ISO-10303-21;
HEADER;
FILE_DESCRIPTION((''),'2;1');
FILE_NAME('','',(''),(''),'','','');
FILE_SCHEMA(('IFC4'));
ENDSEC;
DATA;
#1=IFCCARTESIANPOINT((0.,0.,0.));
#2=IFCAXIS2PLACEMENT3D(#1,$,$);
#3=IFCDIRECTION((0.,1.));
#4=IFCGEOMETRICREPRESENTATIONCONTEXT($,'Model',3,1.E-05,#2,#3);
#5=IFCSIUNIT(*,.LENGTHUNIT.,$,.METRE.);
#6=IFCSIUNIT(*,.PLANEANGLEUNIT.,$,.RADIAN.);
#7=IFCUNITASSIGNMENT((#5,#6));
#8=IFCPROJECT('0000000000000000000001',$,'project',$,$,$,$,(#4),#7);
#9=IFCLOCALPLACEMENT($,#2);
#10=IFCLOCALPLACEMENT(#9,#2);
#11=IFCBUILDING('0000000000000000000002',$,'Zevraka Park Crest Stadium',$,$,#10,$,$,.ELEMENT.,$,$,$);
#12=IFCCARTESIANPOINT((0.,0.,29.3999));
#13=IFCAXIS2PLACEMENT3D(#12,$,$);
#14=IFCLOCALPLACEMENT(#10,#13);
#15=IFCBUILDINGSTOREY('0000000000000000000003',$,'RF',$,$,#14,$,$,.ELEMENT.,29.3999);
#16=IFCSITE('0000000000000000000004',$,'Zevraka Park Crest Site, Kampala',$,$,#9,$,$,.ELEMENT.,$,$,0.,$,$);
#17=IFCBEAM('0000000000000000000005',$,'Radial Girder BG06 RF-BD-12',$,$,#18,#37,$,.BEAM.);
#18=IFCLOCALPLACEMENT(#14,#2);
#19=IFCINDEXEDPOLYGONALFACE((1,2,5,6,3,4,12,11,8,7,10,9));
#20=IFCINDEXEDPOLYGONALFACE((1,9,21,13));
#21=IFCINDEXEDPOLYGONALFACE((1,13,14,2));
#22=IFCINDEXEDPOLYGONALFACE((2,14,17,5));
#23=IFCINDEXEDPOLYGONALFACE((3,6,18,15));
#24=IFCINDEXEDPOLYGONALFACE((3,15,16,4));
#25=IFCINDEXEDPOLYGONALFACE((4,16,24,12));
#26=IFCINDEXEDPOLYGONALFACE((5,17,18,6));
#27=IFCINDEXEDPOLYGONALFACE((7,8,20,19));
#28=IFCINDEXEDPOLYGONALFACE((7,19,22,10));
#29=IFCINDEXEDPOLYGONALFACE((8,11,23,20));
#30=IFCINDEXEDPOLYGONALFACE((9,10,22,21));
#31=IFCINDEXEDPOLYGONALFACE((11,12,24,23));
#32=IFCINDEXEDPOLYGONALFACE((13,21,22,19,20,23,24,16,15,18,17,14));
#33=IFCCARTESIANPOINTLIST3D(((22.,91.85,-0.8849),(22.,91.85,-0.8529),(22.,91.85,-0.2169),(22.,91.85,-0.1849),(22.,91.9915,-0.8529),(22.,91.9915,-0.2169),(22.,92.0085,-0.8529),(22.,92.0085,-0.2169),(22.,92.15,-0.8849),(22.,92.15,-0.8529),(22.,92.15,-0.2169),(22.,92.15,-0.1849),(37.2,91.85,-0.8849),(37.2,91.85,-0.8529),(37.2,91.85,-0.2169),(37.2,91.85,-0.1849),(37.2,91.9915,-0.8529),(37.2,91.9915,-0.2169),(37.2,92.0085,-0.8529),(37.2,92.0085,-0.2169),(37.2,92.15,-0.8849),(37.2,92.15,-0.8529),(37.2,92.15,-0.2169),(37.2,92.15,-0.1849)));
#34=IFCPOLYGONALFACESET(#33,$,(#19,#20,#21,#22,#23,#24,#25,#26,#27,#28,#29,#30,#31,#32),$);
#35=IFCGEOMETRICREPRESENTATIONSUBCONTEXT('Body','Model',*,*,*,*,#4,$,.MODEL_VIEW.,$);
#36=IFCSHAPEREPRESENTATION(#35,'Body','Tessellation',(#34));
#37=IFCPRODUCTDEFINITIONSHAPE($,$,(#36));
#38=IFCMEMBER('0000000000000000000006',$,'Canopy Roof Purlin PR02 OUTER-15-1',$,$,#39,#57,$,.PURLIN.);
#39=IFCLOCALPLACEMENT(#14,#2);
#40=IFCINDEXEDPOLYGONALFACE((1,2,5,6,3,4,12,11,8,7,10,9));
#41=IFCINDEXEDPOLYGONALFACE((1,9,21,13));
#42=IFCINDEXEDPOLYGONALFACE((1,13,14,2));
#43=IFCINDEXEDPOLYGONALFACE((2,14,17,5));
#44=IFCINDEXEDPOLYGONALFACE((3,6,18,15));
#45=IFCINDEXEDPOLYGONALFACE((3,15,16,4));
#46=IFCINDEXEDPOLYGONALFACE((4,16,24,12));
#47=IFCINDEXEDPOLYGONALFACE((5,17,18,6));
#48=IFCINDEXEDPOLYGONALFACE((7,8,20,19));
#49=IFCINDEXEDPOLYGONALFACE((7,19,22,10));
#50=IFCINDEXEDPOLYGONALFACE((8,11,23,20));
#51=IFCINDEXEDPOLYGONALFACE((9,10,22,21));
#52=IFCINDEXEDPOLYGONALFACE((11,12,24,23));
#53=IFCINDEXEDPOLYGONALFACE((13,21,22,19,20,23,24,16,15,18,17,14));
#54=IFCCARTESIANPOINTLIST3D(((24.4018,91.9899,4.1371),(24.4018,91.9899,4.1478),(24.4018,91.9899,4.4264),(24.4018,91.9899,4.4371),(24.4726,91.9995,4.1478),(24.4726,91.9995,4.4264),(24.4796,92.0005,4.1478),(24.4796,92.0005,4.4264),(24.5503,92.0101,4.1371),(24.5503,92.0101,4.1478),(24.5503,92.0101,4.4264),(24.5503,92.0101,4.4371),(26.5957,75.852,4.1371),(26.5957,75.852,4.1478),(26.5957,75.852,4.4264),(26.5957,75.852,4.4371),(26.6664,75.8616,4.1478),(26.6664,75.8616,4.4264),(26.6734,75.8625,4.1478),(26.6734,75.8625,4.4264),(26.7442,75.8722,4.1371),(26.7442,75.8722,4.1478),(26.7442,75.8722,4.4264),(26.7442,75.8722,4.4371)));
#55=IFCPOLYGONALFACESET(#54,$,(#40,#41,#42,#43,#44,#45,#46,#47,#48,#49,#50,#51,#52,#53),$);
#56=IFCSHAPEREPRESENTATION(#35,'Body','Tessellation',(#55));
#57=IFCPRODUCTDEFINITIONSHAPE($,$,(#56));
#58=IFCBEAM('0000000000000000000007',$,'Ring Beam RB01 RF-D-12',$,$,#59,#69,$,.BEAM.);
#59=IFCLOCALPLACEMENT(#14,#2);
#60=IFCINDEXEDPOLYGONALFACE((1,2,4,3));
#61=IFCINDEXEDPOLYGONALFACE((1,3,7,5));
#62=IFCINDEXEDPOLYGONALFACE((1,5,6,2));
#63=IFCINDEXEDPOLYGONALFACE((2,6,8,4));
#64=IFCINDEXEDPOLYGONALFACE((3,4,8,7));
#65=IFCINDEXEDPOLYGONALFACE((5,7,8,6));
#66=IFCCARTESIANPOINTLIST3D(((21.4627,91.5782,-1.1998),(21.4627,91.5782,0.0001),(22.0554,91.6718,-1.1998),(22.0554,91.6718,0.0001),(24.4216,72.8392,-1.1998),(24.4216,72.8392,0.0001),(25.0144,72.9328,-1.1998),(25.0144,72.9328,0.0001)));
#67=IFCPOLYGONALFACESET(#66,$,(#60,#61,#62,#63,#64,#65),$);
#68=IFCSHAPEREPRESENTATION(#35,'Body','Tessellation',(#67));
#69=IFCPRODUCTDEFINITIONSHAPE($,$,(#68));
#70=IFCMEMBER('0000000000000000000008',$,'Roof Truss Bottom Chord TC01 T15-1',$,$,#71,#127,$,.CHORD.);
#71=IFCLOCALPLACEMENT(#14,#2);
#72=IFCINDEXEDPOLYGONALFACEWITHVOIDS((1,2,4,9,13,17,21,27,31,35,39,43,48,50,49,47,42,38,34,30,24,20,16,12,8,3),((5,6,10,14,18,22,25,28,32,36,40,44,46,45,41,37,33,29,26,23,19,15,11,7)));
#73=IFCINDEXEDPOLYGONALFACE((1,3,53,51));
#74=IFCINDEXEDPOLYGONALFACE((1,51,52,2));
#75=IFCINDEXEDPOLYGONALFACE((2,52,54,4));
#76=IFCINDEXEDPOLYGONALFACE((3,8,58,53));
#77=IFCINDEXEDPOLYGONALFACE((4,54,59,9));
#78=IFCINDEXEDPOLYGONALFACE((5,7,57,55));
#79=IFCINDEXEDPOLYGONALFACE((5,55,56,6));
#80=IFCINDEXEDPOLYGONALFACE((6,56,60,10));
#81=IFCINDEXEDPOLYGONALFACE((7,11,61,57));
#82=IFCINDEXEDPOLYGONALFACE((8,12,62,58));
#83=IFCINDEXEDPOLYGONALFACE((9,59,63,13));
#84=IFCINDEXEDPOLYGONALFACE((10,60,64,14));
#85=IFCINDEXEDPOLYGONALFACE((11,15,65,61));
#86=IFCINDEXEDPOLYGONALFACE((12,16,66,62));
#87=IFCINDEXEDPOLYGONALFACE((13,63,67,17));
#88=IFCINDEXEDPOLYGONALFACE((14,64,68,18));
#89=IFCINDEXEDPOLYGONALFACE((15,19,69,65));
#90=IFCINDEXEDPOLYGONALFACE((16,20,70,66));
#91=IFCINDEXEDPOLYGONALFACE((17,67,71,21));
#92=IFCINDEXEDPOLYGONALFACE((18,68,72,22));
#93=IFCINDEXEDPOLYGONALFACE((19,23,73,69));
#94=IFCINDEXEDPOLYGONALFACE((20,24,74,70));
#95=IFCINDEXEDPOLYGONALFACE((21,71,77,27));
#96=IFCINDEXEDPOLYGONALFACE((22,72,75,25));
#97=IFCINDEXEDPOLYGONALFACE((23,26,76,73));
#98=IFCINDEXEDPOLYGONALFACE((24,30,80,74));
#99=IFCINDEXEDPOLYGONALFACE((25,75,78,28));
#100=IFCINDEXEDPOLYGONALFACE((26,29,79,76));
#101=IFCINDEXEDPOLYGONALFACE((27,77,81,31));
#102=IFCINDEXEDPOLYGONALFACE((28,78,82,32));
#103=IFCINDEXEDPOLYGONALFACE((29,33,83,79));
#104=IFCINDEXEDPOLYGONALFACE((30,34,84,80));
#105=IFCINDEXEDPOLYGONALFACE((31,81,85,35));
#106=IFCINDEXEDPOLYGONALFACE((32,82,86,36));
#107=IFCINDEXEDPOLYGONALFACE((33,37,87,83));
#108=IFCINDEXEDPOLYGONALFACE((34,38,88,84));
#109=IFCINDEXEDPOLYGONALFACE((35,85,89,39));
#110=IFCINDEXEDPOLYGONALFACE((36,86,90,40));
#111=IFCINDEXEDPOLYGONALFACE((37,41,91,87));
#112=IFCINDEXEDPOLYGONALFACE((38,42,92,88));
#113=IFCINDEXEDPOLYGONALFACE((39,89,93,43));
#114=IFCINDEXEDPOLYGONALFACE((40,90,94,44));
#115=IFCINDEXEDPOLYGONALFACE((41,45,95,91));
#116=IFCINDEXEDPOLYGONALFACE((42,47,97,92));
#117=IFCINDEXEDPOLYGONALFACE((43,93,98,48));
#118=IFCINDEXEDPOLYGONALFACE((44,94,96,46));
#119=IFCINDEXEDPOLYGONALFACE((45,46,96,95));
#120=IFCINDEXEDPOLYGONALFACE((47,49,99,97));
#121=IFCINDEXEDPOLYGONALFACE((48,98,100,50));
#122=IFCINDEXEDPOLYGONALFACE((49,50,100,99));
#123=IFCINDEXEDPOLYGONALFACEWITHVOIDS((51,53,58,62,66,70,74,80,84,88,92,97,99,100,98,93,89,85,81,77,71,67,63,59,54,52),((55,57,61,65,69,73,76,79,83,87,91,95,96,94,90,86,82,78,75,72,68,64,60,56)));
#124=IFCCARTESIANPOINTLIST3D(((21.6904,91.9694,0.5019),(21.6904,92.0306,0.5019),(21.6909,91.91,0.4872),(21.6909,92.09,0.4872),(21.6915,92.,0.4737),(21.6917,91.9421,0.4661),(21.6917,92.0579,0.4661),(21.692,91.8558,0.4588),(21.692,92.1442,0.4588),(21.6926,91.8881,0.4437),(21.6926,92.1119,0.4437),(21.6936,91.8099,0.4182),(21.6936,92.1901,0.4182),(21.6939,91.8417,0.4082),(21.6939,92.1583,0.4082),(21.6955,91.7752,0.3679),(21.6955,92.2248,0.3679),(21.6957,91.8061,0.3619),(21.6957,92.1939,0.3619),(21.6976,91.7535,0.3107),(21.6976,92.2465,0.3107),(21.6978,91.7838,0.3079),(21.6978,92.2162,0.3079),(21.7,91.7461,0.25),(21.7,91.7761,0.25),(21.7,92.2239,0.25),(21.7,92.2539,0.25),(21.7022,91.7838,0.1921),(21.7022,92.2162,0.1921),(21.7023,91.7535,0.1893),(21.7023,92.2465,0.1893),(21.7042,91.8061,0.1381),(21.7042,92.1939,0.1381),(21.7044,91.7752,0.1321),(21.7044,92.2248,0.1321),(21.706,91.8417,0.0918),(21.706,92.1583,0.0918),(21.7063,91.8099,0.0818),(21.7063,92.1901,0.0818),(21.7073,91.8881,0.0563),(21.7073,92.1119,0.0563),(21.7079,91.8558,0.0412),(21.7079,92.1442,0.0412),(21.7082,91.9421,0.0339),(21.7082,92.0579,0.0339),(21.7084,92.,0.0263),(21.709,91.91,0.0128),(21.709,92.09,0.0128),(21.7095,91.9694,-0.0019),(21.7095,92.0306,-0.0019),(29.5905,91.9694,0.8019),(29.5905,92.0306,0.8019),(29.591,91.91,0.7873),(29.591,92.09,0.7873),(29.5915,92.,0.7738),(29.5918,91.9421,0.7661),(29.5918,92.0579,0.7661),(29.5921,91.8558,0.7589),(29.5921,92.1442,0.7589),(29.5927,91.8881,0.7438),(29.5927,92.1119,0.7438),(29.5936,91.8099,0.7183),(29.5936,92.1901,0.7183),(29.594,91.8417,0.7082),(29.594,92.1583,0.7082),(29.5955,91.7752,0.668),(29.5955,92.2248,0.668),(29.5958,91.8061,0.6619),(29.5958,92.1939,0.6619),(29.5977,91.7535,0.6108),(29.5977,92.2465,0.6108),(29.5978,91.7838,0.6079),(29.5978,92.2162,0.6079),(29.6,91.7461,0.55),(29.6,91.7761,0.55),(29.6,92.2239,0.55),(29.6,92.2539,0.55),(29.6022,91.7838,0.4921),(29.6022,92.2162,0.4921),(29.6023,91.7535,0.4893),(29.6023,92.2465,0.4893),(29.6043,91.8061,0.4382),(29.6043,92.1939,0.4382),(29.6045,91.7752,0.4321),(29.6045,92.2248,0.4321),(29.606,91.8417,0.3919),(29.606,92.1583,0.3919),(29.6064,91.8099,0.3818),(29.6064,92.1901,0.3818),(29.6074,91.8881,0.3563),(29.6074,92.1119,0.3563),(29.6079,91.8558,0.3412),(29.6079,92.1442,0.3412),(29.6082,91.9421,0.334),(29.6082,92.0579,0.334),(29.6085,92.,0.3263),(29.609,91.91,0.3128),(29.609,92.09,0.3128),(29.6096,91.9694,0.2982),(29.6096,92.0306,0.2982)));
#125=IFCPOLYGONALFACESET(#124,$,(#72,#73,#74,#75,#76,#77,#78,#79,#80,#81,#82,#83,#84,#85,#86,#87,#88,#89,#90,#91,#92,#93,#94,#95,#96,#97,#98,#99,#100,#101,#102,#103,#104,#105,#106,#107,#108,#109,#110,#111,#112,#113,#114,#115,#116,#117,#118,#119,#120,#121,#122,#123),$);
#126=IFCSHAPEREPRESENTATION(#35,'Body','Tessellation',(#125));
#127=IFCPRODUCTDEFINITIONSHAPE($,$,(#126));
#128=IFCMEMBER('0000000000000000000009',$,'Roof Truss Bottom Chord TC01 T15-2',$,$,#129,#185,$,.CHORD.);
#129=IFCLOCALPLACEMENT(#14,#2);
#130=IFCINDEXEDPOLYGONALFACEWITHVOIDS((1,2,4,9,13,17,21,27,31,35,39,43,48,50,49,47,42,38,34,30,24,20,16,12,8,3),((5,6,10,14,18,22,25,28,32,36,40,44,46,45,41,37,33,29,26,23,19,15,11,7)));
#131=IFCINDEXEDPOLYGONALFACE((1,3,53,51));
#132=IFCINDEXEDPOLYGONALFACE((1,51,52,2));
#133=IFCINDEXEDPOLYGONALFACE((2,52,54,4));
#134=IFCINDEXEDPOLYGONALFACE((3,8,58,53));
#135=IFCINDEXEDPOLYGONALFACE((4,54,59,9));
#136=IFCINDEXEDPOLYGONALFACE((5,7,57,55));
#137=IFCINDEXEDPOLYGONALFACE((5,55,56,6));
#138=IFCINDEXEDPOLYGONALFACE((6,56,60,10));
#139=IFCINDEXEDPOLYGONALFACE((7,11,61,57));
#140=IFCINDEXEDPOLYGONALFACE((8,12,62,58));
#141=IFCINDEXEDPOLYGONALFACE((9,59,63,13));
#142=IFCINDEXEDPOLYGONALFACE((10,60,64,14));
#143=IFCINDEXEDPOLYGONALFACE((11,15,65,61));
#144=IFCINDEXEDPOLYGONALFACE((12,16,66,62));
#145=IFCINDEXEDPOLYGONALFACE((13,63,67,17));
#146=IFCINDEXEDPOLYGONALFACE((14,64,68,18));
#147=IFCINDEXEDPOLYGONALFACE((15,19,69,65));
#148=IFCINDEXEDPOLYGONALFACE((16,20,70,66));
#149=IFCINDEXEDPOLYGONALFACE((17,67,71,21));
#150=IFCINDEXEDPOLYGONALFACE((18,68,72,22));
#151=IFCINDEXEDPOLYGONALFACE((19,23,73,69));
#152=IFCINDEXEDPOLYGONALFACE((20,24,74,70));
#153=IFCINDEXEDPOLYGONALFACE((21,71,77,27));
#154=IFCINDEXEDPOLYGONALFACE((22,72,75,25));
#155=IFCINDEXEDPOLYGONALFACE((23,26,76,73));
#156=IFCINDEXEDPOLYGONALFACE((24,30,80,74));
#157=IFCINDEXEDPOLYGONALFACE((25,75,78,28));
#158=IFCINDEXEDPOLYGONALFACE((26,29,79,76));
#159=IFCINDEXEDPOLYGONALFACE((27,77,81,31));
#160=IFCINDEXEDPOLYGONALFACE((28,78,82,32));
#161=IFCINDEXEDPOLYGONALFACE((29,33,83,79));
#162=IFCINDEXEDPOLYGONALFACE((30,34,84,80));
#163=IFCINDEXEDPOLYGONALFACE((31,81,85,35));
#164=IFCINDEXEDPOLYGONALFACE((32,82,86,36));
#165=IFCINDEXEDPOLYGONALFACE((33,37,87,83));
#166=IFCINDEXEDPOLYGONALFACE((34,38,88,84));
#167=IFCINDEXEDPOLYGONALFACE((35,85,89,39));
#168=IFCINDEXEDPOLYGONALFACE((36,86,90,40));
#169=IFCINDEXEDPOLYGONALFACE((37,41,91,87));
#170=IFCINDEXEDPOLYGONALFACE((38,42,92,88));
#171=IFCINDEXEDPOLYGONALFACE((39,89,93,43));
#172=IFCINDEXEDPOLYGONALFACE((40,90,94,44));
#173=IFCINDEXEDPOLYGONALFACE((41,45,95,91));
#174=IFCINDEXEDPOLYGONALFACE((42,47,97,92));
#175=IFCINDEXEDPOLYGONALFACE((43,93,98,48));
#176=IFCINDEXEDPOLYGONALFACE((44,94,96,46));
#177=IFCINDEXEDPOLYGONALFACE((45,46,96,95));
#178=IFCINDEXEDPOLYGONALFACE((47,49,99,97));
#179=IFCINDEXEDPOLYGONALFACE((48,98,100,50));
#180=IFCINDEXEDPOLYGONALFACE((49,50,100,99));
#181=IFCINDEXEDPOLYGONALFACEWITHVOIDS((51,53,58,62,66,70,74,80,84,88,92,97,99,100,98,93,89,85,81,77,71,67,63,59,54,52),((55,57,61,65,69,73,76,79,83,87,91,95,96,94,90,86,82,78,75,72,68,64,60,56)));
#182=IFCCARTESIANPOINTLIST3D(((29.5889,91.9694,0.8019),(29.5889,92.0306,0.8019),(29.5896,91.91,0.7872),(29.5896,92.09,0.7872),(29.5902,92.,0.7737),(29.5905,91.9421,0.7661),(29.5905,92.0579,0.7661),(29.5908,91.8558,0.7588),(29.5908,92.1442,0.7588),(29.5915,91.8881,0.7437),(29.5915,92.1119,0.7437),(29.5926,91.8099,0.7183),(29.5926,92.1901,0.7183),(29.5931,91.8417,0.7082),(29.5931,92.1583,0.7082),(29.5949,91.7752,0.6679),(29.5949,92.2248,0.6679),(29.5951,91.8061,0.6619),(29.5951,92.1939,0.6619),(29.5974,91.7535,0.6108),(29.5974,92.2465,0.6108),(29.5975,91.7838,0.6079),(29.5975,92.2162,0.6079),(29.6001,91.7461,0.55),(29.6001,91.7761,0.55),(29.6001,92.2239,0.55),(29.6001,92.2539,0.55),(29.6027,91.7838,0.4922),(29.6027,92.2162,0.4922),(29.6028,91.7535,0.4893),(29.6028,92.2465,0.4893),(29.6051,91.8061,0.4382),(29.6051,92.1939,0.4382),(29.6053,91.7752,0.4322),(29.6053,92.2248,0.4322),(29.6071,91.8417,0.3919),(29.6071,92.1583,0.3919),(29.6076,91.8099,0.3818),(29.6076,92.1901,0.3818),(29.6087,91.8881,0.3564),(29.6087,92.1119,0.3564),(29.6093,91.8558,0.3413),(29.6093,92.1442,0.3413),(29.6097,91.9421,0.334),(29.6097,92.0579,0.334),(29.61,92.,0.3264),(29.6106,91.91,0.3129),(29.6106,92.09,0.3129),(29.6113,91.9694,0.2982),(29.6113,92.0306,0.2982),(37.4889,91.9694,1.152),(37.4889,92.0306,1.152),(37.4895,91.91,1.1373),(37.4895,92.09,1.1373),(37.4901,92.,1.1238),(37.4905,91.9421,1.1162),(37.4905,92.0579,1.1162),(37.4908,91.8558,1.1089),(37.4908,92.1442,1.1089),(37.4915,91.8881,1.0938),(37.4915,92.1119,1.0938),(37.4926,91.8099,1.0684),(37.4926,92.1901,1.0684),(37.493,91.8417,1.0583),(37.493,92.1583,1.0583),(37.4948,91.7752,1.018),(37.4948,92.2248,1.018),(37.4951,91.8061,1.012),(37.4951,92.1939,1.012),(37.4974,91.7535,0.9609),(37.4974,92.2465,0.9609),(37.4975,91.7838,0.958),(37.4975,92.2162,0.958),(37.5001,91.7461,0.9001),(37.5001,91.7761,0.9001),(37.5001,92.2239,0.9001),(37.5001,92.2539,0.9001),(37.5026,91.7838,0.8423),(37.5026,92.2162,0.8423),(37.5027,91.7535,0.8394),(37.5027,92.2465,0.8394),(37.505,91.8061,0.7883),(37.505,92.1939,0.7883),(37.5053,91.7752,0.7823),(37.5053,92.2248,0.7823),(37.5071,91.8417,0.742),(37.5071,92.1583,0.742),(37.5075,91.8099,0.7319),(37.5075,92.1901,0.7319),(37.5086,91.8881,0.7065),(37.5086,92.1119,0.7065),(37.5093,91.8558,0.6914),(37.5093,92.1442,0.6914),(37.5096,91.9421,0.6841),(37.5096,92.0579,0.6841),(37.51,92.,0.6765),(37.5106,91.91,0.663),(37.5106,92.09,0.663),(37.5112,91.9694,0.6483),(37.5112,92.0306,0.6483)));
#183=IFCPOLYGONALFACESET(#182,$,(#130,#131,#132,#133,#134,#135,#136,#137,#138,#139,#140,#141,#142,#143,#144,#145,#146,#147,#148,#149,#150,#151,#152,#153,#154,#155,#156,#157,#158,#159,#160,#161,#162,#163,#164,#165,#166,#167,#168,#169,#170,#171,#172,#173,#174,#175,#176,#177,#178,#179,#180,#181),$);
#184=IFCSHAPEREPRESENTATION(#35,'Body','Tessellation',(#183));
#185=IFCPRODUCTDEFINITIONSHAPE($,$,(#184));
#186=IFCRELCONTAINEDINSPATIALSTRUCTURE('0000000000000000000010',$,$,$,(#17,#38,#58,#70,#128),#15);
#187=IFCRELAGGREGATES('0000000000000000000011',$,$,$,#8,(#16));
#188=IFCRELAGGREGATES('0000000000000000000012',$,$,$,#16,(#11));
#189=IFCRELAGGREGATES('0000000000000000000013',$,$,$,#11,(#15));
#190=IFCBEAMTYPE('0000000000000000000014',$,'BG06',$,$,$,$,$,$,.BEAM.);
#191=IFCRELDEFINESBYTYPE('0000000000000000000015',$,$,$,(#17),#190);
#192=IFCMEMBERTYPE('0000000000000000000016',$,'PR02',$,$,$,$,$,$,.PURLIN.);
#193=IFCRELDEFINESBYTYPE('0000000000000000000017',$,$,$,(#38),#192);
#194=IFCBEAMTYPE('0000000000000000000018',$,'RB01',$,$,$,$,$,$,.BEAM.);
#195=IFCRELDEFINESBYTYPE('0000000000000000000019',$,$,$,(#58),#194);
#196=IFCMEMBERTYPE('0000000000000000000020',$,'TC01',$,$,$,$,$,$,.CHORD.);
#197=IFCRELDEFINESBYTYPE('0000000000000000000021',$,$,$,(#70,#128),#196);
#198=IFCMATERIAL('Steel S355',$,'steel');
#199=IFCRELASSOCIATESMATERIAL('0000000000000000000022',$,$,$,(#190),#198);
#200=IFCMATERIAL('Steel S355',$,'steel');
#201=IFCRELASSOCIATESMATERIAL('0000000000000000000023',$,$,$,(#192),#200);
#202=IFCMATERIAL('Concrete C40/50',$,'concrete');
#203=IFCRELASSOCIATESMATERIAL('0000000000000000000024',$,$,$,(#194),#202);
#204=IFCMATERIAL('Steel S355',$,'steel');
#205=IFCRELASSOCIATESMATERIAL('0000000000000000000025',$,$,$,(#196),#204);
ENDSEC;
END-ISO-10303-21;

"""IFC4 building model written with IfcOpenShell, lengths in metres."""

from ifc_helpers import new_model, si_unit, direction, frame, origin, origin_2d, place, context, subcontext, project, spatial, rectangle, hollow_circle, i_section, extrude, material, material_profile, profile_set, type_object, element, save


model = new_model("IFC4")

# Units and contexts
model_context = context("Model", 3, precision=1e-05, world=origin(), true_north=direction((0.0, 1.0)))
body_context = subcontext(model_context, "Body", "Model", "MODEL_VIEW")
ifc_project = project(units=[si_unit("LENGTHUNIT", "METRE"), si_unit("PLANEANGLEUNIT", "RADIAN")], contexts=[model_context])

# Site, building, storey
site_placement = place(None, origin())
site = spatial("IfcSite", under=ifc_project, at=site_placement, Name="Zevraka Park Crest Site, Kampala", CompositionType="ELEMENT", RefElevation=0.0)
building_placement = place(site_placement, origin())
building = spatial("IfcBuilding", under=site, at=building_placement, Name="Zevraka Park Crest Stadium", CompositionType="ELEMENT")
storey_placement = place(building_placement, frame((0.0, 0.0, 29.3999)))
storey = spatial("IfcBuildingStorey", under=building, at=storey_placement, Name="RF", CompositionType="ELEMENT", Elevation=29.3999)

# Beam
ifc_material_1 = material(Name="Steel S355", Category="steel")
ifc_material_profile_1 = material_profile(ifc_material_1, i_section(OverallWidth=0.3, OverallDepth=0.7, WebThickness=0.0171, FlangeThickness=0.032, at=origin_2d()), Name="HEB 700")
ifc_profile_set_1 = profile_set([ifc_material_profile_1], Name="Steel S355")
beam_type_1 = type_object("IfcBeamType", Name="BG06", PredefinedType="BEAM", material=ifc_profile_set_1)
beam_1_placement = place(storey_placement, frame((37.2, 92.0, -0.5349), z_axis=(-1.0, 0.0, 0.0), x_axis=(0.0, -1.0, 0.0)))
element("IfcBeam", 1, at=beam_1_placement, inside=storey, type_object=beam_type_1, Name="Radial Girder BG06 RF-BD-12", PredefinedType="BEAM", context=body_context, shape_type="SweptSolid", body=[
    extrude(i_section(OverallWidth=0.3, OverallDepth=0.7, WebThickness=0.0171, FlangeThickness=0.032, at=origin_2d()), origin(), (0.0, 0.0, 1.0), 15.2),
])

# Member
ifc_material_2 = material(Name="Steel S355", Category="steel")
ifc_material_profile_2 = material_profile(ifc_material_2, i_section(OverallWidth=0.1499, OverallDepth=0.3, WebThickness=0.0071, FlangeThickness=0.0107, at=origin_2d()), Name="IPE 300")
ifc_profile_set_2 = profile_set([ifc_material_profile_2], Name="Steel S355")
member_type_1 = type_object("IfcMemberType", Name="PR02", PredefinedType="PURLIN", material=ifc_profile_set_2)
member_1_placement = place(storey_placement, frame((24.4761, 92.0, 4.2871), z_axis=(0.134704, -0.990886, 0.0), x_axis=(0.990886, 0.134704, 0.0)))
element("IfcMember", 2, at=member_1_placement, inside=storey, type_object=member_type_1, Name="Canopy Roof Purlin PR02 OUTER-15-1", PredefinedType="PURLIN", context=body_context, shape_type="SweptSolid", body=[
    extrude(i_section(OverallWidth=0.1499, OverallDepth=0.3, WebThickness=0.0071, FlangeThickness=0.0107, at=origin_2d()), origin(), (0.0, 0.0, 1.0), 16.2864),
])

# Beam
ifc_material_3 = material(Name="Concrete C40/50", Category="concrete")
ifc_material_profile_3 = material_profile(ifc_material_3, rectangle(XDim=0.6001, YDim=1.2, at=origin_2d()), Name="RC 1200x600")
ifc_profile_set_3 = profile_set([ifc_material_profile_3], Name="Concrete C40/50")
beam_type_2 = type_object("IfcBeamType", Name="RB01", PredefinedType="BEAM", material=ifc_profile_set_3)
beam_2_placement = place(storey_placement, frame((21.759, 91.625, -0.5999), z_axis=(0.155972, -0.987761, 0.0), x_axis=(0.987761, 0.155972, 0.0)))
element("IfcBeam", 3, at=beam_2_placement, inside=storey, type_object=beam_type_2, Name="Ring Beam RB01 RF-D-12", PredefinedType="BEAM", context=body_context, shape_type="SweptSolid", body=[
    extrude(rectangle(XDim=0.6001, YDim=1.2, at=origin_2d()), origin(), (0.0, 0.0, 1.0), 18.9712),
])

# Members
ifc_material_4 = material(Name="Steel S355", Category="steel")
ifc_material_profile_4 = material_profile(ifc_material_4, hollow_circle(Radius=0.2539, WallThickness=0.03, at=origin_2d()), Name="CHS 508.0x30")
ifc_profile_set_4 = profile_set([ifc_material_profile_4], Name="Steel S355")
member_type_2 = type_object("IfcMemberType", Name="TC01", PredefinedType="CHORD", material=ifc_profile_set_4)
member_2_placement = place(storey_placement, frame((21.7, 92.0, 0.25), z_axis=(0.99928, 0.0, 0.037953), x_axis=(0.0, 1.0, 0.0)))
element("IfcMember", 4, at=member_2_placement, inside=storey, type_object=member_type_2, Name="Roof Truss Bottom Chord TC01 T15-1", PredefinedType="CHORD", context=body_context, shape_type="SweptSolid", body=[
    extrude(hollow_circle(Radius=0.2539, WallThickness=0.03, at=origin_2d()), origin(), (0.0, 0.0, 1.0), 7.9058),
])
member_3_placement = place(storey_placement, frame((29.6001, 92.0, 0.55), z_axis=(0.999019, 0.0, 0.044273), x_axis=(0.0, 1.0, 0.0)))
element("IfcMember", 5, at=member_3_placement, inside=storey, type_object=member_type_2, Name="Roof Truss Bottom Chord TC01 T15-2", PredefinedType="CHORD", context=body_context, shape_type="SweptSolid", body=[
    extrude(hollow_circle(Radius=0.2539, WallThickness=0.03, at=origin_2d()), origin(), (0.0, 0.0, 1.0), 7.9077),
])

save(model, "model.ifc")
